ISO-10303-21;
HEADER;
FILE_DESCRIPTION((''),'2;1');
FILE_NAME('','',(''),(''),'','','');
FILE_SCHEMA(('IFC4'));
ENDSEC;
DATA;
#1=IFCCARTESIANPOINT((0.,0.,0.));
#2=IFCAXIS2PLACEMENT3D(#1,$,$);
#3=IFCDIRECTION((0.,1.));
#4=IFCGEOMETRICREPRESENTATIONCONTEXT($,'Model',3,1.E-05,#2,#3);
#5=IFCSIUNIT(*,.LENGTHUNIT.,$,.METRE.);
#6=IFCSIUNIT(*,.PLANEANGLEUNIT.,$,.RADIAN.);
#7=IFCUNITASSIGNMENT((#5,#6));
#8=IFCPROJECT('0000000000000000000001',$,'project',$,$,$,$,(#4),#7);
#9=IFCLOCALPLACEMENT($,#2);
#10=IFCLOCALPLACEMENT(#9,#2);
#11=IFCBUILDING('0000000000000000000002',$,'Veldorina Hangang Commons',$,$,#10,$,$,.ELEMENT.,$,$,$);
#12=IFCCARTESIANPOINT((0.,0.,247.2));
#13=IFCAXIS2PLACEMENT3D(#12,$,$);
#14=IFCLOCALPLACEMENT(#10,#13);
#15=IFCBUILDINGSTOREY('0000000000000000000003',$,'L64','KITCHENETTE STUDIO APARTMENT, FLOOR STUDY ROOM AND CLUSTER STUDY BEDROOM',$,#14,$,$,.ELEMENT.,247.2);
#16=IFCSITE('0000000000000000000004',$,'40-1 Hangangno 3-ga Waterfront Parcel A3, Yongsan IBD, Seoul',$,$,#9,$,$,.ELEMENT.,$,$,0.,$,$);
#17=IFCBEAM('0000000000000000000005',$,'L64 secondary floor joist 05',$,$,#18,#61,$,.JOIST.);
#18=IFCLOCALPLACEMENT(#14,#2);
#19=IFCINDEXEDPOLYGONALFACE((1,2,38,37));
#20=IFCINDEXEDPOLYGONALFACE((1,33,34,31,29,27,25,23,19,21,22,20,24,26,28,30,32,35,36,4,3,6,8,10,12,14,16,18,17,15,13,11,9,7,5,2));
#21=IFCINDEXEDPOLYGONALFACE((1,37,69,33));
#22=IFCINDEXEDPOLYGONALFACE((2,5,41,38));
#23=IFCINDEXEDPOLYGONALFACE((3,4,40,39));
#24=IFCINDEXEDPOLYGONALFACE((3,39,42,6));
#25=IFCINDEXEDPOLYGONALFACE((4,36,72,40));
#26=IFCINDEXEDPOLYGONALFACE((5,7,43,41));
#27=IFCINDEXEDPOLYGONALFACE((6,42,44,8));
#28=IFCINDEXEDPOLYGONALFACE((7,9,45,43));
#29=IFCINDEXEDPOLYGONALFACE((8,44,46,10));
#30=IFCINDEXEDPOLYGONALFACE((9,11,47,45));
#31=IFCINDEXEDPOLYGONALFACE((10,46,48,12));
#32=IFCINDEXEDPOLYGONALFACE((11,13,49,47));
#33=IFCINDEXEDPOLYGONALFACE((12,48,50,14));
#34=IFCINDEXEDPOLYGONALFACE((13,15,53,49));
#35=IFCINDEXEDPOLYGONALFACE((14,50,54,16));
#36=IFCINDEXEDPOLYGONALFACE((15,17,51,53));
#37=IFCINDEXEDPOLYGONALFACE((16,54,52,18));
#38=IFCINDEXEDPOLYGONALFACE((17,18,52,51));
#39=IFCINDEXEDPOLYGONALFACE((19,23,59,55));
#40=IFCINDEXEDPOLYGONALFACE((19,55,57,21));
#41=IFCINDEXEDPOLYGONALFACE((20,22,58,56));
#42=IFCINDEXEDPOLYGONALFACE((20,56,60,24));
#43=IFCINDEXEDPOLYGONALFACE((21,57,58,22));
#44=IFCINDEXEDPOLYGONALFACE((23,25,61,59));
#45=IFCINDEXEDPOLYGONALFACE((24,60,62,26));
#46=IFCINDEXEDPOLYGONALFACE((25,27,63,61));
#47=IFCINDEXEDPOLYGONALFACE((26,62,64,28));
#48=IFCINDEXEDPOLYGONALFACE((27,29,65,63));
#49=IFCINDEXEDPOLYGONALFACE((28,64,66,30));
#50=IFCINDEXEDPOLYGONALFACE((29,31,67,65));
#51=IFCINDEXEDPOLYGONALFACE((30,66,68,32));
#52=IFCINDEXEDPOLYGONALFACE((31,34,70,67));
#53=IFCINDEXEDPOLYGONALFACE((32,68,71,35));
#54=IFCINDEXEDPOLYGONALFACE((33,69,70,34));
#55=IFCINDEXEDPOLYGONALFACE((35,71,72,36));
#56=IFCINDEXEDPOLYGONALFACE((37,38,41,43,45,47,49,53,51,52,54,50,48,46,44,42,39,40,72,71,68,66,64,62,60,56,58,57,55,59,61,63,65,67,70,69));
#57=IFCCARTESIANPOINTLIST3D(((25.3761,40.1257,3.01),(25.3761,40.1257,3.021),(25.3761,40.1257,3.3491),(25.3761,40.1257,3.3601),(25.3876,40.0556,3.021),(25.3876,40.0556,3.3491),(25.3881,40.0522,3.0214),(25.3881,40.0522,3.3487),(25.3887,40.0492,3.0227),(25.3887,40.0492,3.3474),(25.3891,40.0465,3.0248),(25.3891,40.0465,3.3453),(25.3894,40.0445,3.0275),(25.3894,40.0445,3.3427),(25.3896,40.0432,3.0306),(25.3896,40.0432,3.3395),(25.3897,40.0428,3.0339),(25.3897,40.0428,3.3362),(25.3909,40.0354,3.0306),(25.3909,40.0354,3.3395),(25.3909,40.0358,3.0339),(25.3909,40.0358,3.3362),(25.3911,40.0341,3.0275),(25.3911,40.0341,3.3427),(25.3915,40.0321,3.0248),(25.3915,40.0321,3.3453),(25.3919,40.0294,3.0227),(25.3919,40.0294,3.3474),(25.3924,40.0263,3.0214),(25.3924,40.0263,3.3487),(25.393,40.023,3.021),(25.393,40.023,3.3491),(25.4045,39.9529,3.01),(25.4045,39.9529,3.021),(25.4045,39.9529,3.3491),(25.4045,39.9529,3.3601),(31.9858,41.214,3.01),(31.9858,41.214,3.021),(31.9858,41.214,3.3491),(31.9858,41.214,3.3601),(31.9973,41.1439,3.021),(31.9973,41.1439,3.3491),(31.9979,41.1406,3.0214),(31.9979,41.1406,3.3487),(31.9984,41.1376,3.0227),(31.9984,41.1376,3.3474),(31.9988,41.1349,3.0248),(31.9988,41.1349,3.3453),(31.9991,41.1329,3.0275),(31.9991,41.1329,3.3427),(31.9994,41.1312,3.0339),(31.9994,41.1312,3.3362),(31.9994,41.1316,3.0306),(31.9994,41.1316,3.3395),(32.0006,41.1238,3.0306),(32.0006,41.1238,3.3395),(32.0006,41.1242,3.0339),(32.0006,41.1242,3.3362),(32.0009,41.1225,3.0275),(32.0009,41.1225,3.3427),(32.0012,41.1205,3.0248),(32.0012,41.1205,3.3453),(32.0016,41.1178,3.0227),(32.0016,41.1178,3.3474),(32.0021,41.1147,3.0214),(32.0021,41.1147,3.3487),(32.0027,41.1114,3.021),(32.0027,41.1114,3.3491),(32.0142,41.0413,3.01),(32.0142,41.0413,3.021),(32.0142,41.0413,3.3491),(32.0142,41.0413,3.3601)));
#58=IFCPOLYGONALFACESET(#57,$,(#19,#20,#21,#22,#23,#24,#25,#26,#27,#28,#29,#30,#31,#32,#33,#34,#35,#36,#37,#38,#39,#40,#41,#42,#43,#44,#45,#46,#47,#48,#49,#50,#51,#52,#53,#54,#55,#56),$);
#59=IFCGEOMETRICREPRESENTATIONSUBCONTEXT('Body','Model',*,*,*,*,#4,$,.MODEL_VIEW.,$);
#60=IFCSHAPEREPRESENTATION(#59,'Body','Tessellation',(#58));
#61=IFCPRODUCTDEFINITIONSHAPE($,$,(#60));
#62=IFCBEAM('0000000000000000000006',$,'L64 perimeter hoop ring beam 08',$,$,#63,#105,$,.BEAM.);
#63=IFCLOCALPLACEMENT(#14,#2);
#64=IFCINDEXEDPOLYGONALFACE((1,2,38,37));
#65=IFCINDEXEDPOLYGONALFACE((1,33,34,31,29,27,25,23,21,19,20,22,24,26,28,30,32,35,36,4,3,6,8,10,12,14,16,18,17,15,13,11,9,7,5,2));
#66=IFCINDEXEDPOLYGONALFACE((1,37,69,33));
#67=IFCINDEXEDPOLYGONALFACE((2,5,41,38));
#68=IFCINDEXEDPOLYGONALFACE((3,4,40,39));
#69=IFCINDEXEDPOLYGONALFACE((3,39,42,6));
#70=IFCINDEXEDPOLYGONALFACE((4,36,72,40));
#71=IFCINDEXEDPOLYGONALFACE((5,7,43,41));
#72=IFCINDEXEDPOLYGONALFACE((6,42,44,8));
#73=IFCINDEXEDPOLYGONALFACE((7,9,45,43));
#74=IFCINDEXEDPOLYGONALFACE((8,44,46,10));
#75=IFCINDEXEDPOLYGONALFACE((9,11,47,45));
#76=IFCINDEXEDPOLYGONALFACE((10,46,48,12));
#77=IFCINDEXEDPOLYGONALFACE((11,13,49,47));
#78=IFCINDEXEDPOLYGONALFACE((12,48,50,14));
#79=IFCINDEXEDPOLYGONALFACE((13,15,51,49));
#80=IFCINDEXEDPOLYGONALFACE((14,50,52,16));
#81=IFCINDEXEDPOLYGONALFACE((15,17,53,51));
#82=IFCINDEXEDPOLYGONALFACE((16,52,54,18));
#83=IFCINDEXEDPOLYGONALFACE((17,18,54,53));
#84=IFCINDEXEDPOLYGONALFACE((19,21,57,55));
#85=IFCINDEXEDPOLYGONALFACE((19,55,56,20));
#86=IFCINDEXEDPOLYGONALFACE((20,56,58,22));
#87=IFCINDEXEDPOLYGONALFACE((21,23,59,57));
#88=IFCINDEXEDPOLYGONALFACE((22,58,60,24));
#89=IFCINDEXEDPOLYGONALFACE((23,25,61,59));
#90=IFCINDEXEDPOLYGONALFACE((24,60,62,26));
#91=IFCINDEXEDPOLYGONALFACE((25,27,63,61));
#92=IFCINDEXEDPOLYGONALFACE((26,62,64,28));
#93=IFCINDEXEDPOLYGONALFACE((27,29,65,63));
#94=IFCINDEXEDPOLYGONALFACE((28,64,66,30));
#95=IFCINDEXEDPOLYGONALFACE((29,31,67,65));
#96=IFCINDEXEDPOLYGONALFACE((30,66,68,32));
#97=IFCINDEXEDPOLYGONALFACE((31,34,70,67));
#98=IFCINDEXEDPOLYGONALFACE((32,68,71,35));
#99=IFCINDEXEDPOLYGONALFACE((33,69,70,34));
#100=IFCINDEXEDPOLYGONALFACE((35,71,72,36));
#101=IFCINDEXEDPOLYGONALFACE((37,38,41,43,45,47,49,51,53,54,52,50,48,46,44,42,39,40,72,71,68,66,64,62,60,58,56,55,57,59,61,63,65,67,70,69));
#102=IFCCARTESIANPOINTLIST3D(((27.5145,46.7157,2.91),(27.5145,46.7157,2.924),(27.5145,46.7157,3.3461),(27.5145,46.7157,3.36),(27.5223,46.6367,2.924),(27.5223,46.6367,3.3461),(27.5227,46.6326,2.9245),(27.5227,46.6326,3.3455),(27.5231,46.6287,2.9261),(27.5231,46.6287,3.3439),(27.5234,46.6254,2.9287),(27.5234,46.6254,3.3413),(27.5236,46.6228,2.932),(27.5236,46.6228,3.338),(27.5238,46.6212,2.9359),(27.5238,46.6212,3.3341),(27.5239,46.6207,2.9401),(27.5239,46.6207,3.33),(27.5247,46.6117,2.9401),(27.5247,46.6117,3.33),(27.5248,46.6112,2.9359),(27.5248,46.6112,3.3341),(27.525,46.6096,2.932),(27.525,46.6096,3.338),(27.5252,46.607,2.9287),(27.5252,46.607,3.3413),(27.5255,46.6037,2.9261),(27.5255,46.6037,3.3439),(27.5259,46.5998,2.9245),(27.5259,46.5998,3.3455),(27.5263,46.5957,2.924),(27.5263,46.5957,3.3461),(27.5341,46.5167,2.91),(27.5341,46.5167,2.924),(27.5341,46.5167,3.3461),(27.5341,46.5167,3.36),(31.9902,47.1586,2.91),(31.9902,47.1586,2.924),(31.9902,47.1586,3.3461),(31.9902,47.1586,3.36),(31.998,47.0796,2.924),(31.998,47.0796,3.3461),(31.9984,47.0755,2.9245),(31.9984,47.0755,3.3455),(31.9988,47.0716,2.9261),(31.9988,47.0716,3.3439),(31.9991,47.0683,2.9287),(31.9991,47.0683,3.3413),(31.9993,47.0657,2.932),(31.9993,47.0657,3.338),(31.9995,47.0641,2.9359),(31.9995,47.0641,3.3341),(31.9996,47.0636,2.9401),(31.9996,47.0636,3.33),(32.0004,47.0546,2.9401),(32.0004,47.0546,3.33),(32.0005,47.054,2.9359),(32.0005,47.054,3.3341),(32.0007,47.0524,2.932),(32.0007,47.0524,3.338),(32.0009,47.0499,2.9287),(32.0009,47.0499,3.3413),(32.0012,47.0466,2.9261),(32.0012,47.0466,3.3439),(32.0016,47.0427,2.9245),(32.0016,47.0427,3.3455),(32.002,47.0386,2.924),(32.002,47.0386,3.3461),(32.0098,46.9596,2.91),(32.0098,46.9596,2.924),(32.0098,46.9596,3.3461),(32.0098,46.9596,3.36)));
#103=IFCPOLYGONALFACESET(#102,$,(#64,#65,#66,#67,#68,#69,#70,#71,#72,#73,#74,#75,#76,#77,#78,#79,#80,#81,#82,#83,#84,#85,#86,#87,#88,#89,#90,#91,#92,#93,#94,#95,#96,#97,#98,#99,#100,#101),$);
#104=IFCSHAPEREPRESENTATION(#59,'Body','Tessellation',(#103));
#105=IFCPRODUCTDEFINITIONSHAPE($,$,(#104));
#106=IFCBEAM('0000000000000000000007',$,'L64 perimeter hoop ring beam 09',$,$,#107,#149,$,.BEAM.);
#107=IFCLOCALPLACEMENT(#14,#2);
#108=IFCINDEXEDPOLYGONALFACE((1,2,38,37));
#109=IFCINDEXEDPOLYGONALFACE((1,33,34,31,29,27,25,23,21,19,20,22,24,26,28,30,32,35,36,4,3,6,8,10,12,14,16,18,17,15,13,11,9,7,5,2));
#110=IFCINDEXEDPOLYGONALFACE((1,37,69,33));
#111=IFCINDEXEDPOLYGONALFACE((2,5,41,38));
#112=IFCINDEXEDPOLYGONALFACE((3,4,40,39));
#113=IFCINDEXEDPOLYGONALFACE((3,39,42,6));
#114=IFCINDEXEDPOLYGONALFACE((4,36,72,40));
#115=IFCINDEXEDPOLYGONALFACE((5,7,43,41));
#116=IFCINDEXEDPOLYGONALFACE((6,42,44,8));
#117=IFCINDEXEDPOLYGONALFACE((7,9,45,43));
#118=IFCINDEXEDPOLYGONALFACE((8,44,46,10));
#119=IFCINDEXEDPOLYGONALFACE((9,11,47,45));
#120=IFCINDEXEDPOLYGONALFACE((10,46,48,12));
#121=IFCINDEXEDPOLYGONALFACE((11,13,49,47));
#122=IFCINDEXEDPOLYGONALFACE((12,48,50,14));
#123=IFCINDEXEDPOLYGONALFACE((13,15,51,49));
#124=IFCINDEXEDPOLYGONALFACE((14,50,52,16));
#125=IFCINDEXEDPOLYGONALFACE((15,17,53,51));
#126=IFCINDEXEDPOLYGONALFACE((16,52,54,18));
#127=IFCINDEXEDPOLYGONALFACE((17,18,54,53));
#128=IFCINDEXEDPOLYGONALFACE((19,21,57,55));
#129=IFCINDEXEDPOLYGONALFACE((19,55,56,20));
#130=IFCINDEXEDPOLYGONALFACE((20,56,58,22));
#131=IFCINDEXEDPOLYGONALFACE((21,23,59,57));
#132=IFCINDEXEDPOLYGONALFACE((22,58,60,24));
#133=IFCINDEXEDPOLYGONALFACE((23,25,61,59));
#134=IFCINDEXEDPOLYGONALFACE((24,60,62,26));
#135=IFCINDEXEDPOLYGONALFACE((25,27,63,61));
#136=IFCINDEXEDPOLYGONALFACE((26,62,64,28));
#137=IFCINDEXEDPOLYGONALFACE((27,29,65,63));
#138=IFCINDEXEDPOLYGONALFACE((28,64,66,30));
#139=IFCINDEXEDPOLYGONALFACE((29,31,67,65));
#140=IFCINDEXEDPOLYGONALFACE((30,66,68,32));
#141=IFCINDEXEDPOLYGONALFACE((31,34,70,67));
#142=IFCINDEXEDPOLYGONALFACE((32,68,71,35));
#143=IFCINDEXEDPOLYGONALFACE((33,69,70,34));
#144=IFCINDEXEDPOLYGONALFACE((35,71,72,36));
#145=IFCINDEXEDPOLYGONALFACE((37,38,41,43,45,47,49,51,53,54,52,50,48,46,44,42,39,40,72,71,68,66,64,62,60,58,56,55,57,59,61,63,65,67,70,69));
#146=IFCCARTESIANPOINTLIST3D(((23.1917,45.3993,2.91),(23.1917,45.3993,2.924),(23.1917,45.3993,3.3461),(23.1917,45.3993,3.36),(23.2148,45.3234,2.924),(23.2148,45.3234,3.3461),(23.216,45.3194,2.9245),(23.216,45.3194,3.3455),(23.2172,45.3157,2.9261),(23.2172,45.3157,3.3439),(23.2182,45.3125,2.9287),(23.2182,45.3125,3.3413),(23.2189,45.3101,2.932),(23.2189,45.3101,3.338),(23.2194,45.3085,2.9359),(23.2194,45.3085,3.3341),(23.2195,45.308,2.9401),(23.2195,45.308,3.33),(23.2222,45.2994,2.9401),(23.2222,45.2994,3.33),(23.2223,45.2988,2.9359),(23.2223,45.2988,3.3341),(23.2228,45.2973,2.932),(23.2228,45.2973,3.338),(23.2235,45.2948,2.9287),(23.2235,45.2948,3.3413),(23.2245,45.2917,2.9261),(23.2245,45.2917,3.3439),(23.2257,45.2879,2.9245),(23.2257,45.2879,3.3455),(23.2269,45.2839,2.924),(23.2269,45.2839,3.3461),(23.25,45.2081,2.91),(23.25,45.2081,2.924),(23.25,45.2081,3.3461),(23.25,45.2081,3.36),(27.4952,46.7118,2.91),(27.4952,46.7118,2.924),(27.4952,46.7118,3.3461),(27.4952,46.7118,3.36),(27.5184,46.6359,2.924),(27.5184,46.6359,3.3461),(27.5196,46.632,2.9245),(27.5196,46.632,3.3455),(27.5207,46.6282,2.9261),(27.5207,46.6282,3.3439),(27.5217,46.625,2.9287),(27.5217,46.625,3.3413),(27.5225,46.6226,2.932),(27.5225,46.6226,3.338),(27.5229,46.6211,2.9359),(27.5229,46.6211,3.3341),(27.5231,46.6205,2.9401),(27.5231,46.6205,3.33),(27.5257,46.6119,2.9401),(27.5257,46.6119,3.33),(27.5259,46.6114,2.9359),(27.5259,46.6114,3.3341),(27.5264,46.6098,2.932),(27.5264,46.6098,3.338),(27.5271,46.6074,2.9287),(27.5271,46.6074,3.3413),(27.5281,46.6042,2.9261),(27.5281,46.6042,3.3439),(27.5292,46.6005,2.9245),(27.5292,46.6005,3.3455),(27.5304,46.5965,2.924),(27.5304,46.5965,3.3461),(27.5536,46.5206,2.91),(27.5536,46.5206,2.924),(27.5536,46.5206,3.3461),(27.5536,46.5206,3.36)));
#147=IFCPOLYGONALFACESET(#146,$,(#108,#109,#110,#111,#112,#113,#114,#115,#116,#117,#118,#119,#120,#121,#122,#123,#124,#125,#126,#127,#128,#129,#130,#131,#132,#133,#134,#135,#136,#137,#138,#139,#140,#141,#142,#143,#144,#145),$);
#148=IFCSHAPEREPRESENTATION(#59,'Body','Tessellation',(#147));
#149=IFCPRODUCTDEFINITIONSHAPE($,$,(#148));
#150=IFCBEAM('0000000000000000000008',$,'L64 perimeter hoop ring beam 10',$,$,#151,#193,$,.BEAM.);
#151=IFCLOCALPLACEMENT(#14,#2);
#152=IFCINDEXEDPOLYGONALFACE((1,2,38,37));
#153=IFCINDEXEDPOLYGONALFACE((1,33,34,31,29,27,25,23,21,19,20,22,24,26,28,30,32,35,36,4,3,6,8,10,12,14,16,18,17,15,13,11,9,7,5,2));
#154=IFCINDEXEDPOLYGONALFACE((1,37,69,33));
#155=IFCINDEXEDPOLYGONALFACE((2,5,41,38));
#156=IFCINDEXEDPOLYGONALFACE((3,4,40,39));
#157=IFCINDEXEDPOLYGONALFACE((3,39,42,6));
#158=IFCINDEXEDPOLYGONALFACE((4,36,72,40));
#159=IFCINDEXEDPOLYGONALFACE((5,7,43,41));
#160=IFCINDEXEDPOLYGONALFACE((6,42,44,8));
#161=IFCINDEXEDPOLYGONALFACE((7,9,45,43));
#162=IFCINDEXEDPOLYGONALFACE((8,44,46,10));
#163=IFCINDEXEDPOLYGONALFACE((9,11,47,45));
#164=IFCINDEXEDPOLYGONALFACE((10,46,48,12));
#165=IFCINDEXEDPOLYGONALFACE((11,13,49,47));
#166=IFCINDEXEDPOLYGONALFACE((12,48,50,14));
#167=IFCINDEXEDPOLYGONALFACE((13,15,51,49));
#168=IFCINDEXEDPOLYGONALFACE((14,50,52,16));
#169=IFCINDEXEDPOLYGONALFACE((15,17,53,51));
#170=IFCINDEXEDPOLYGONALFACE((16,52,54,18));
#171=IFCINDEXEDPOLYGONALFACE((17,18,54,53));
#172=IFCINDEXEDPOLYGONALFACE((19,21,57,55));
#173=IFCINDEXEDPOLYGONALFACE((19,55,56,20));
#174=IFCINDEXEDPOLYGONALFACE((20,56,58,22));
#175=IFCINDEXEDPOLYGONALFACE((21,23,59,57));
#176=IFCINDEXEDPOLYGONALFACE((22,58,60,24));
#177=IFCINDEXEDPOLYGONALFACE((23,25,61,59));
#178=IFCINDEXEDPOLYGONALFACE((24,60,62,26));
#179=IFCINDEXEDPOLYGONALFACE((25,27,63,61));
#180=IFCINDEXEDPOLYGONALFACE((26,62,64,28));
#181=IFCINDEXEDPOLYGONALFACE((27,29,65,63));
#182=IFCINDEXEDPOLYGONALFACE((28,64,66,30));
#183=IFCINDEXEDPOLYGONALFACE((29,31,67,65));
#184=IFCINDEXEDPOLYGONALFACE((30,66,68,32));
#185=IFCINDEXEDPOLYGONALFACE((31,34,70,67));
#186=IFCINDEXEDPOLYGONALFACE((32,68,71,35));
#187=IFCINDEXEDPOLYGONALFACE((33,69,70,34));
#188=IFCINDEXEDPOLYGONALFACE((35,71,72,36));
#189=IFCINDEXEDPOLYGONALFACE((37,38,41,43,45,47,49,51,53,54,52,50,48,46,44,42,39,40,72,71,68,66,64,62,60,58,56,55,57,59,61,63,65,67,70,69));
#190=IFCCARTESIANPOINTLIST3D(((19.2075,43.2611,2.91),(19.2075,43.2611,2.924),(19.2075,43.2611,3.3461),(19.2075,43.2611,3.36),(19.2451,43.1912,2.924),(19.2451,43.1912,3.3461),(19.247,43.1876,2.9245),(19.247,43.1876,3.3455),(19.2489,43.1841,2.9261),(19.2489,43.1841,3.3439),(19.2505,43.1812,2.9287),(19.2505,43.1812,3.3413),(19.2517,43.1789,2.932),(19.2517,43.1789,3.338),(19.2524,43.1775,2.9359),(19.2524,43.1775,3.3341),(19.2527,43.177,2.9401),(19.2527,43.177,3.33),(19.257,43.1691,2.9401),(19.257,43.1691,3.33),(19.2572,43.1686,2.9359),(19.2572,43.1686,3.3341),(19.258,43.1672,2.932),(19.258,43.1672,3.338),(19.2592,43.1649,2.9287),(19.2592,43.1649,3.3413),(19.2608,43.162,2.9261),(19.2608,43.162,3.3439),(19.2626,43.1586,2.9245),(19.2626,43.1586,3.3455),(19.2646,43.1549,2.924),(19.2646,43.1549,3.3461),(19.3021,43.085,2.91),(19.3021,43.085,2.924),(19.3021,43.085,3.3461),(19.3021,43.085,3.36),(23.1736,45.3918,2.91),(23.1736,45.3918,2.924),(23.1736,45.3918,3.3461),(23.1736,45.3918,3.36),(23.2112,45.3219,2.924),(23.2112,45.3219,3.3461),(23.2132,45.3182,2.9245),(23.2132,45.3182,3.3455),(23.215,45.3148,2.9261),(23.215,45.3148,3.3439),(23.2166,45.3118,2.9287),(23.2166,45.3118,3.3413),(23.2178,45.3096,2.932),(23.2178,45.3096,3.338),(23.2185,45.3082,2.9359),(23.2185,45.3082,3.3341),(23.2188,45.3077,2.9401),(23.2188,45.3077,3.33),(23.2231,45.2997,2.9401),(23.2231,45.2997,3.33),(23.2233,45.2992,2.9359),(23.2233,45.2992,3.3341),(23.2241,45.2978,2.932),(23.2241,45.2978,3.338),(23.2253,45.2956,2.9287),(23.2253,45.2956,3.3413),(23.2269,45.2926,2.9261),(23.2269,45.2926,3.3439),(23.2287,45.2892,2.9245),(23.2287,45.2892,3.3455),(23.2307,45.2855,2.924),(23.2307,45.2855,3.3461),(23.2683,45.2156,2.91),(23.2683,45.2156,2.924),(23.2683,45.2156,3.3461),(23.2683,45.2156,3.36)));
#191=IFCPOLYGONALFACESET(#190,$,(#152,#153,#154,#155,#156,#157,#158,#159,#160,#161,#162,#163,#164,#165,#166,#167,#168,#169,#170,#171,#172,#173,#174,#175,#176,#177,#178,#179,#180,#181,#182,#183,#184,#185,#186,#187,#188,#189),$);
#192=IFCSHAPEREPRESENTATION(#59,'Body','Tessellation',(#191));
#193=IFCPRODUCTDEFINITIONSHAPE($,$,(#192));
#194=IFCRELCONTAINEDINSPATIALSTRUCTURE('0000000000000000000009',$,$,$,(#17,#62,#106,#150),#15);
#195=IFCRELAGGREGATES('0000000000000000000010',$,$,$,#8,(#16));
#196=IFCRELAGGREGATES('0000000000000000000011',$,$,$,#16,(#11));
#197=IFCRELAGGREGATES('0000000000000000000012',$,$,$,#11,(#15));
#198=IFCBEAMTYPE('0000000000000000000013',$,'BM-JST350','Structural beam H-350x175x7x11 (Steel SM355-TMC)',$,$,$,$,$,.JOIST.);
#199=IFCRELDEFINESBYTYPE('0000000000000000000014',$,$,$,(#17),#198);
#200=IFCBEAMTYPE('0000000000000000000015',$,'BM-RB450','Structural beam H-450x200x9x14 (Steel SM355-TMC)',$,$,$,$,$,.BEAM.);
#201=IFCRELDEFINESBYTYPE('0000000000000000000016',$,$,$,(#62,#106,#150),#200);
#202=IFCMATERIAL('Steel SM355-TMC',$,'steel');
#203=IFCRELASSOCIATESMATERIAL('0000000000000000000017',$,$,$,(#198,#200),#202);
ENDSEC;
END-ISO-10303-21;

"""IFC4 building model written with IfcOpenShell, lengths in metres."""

from ifc_helpers import new_model, si_unit, direction, frame, origin, origin_2d, place, context, subcontext, project, spatial, i_section, extrude, material, material_profile, profile_set, type_object, element, save


model = new_model("IFC4")

# Units and contexts
model_context = context("Model", 3, precision=1e-05, world=origin(), true_north=direction((0.0, 1.0)))
body_context = subcontext(model_context, "Body", "Model", "MODEL_VIEW")
ifc_project = project(units=[si_unit("LENGTHUNIT", "METRE"), si_unit("PLANEANGLEUNIT", "RADIAN")], contexts=[model_context])

# Site, building, storey
site_placement = place(None, origin())
site = spatial("IfcSite", under=ifc_project, at=site_placement, Name="40-1 Hangangno 3-ga Waterfront Parcel A3, Yongsan IBD, Seoul", CompositionType="ELEMENT", RefElevation=0.0)
building_placement = place(site_placement, origin())
building = spatial("IfcBuilding", under=site, at=building_placement, Name="Veldorina Hangang Commons", CompositionType="ELEMENT")
storey_placement = place(building_placement, frame((0.0, 0.0, 247.2)))
storey = spatial("IfcBuildingStorey", under=building, at=storey_placement, Name="L64", Description="KITCHENETTE STUDIO APARTMENT, FLOOR STUDY ROOM AND CLUSTER STUDY BEDROOM", CompositionType="ELEMENT", Elevation=247.2)

# Beams
ifc_material_1 = material(Name="Steel SM355-TMC", Category="steel")
ifc_material_profile_1 = material_profile(ifc_material_1, i_section(OverallWidth=0.175, OverallDepth=0.3501, WebThickness=0.0071, FlangeThickness=0.011, FilletRadius=0.0129, at=origin_2d()), Name="H-350x175x7x11")
ifc_profile_set_1 = profile_set([ifc_material_profile_1], Name="Steel SM355-TMC")
beam_type_1 = type_object("IfcBeamType", Name="BM-JST350", Description="Structural beam H-350x175x7x11 (Steel SM355-TMC)", PredefinedType="JOIST", material=ifc_profile_set_1)
beam_1_placement = place(storey_placement, frame((32.0, 41.1277, 3.1851), z_axis=(-0.986712, -0.162478, 0.0), x_axis=(0.162478, -0.986712, 0.0)))
element("IfcBeam", 1, at=beam_1_placement, inside=storey, type_object=beam_type_1, Name="L64 secondary floor joist 05", PredefinedType="JOIST", context=body_context, shape_type="SweptSolid", body=[
    extrude(i_section(OverallWidth=0.175, OverallDepth=0.3501, WebThickness=0.0071, FlangeThickness=0.011, FilletRadius=0.0129, at=origin_2d()), origin(), (0.0, 0.0, 1.0), 6.6987),
])
ifc_material_profile_2 = material_profile(ifc_material_1, i_section(OverallWidth=0.2, OverallDepth=0.45, WebThickness=0.009, FlangeThickness=0.0139, FilletRadius=0.0161, at=origin_2d()), Name="H-450x200x9x14")
ifc_profile_set_2 = profile_set([ifc_material_profile_2], Name="Steel SM355-TMC")
beam_type_2 = type_object("IfcBeamType", Name="BM-RB450", Description="Structural beam H-450x200x9x14 (Steel SM355-TMC)", PredefinedType="BEAM", material=ifc_profile_set_2)
beam_2_placement = place(storey_placement, frame((32.0, 47.0591, 3.135), z_axis=(-0.99514, -0.098472, 0.0), x_axis=(0.098472, -0.99514, 0.0)))
element("IfcBeam", 2, at=beam_2_placement, inside=storey, type_object=beam_type_2, Name="L64 perimeter hoop ring beam 08", PredefinedType="BEAM", context=body_context, shape_type="SweptSolid", body=[
    extrude(i_section(OverallWidth=0.2, OverallDepth=0.45, WebThickness=0.009, FlangeThickness=0.0139, FilletRadius=0.0161, at=origin_2d()), origin(), (0.0, 0.0, 1.0), 4.4976),
])
beam_3_placement = place(storey_placement, frame((27.5244, 46.6162, 3.135), z_axis=(-0.956504, -0.291721, 0.0), x_axis=(0.291721, -0.956504, 0.0)))
element("IfcBeam", 3, at=beam_3_placement, inside=storey, type_object=beam_type_2, Name="L64 perimeter hoop ring beam 09", PredefinedType="BEAM", context=body_context, shape_type="SweptSolid", body=[
    extrude(i_section(OverallWidth=0.2, OverallDepth=0.45, WebThickness=0.009, FlangeThickness=0.0139, FilletRadius=0.0161, at=origin_2d()), origin(), (0.0, 0.0, 1.0), 4.4993),
])
beam_4_placement = place(storey_placement, frame((23.2209, 45.3037, 3.135), z_axis=(-0.88093, -0.473246, 0.0), x_axis=(0.473246, -0.88093, 0.0)))
element("IfcBeam", 4, at=beam_4_placement, inside=storey, type_object=beam_type_2, Name="L64 perimeter hoop ring beam 10", PredefinedType="BEAM", context=body_context, shape_type="SweptSolid", body=[
    extrude(i_section(OverallWidth=0.2, OverallDepth=0.45, WebThickness=0.009, FlangeThickness=0.0139, FilletRadius=0.0161, at=origin_2d()), origin(), (0.0, 0.0, 1.0), 4.5022),
])

save(model, "model.ifc")
